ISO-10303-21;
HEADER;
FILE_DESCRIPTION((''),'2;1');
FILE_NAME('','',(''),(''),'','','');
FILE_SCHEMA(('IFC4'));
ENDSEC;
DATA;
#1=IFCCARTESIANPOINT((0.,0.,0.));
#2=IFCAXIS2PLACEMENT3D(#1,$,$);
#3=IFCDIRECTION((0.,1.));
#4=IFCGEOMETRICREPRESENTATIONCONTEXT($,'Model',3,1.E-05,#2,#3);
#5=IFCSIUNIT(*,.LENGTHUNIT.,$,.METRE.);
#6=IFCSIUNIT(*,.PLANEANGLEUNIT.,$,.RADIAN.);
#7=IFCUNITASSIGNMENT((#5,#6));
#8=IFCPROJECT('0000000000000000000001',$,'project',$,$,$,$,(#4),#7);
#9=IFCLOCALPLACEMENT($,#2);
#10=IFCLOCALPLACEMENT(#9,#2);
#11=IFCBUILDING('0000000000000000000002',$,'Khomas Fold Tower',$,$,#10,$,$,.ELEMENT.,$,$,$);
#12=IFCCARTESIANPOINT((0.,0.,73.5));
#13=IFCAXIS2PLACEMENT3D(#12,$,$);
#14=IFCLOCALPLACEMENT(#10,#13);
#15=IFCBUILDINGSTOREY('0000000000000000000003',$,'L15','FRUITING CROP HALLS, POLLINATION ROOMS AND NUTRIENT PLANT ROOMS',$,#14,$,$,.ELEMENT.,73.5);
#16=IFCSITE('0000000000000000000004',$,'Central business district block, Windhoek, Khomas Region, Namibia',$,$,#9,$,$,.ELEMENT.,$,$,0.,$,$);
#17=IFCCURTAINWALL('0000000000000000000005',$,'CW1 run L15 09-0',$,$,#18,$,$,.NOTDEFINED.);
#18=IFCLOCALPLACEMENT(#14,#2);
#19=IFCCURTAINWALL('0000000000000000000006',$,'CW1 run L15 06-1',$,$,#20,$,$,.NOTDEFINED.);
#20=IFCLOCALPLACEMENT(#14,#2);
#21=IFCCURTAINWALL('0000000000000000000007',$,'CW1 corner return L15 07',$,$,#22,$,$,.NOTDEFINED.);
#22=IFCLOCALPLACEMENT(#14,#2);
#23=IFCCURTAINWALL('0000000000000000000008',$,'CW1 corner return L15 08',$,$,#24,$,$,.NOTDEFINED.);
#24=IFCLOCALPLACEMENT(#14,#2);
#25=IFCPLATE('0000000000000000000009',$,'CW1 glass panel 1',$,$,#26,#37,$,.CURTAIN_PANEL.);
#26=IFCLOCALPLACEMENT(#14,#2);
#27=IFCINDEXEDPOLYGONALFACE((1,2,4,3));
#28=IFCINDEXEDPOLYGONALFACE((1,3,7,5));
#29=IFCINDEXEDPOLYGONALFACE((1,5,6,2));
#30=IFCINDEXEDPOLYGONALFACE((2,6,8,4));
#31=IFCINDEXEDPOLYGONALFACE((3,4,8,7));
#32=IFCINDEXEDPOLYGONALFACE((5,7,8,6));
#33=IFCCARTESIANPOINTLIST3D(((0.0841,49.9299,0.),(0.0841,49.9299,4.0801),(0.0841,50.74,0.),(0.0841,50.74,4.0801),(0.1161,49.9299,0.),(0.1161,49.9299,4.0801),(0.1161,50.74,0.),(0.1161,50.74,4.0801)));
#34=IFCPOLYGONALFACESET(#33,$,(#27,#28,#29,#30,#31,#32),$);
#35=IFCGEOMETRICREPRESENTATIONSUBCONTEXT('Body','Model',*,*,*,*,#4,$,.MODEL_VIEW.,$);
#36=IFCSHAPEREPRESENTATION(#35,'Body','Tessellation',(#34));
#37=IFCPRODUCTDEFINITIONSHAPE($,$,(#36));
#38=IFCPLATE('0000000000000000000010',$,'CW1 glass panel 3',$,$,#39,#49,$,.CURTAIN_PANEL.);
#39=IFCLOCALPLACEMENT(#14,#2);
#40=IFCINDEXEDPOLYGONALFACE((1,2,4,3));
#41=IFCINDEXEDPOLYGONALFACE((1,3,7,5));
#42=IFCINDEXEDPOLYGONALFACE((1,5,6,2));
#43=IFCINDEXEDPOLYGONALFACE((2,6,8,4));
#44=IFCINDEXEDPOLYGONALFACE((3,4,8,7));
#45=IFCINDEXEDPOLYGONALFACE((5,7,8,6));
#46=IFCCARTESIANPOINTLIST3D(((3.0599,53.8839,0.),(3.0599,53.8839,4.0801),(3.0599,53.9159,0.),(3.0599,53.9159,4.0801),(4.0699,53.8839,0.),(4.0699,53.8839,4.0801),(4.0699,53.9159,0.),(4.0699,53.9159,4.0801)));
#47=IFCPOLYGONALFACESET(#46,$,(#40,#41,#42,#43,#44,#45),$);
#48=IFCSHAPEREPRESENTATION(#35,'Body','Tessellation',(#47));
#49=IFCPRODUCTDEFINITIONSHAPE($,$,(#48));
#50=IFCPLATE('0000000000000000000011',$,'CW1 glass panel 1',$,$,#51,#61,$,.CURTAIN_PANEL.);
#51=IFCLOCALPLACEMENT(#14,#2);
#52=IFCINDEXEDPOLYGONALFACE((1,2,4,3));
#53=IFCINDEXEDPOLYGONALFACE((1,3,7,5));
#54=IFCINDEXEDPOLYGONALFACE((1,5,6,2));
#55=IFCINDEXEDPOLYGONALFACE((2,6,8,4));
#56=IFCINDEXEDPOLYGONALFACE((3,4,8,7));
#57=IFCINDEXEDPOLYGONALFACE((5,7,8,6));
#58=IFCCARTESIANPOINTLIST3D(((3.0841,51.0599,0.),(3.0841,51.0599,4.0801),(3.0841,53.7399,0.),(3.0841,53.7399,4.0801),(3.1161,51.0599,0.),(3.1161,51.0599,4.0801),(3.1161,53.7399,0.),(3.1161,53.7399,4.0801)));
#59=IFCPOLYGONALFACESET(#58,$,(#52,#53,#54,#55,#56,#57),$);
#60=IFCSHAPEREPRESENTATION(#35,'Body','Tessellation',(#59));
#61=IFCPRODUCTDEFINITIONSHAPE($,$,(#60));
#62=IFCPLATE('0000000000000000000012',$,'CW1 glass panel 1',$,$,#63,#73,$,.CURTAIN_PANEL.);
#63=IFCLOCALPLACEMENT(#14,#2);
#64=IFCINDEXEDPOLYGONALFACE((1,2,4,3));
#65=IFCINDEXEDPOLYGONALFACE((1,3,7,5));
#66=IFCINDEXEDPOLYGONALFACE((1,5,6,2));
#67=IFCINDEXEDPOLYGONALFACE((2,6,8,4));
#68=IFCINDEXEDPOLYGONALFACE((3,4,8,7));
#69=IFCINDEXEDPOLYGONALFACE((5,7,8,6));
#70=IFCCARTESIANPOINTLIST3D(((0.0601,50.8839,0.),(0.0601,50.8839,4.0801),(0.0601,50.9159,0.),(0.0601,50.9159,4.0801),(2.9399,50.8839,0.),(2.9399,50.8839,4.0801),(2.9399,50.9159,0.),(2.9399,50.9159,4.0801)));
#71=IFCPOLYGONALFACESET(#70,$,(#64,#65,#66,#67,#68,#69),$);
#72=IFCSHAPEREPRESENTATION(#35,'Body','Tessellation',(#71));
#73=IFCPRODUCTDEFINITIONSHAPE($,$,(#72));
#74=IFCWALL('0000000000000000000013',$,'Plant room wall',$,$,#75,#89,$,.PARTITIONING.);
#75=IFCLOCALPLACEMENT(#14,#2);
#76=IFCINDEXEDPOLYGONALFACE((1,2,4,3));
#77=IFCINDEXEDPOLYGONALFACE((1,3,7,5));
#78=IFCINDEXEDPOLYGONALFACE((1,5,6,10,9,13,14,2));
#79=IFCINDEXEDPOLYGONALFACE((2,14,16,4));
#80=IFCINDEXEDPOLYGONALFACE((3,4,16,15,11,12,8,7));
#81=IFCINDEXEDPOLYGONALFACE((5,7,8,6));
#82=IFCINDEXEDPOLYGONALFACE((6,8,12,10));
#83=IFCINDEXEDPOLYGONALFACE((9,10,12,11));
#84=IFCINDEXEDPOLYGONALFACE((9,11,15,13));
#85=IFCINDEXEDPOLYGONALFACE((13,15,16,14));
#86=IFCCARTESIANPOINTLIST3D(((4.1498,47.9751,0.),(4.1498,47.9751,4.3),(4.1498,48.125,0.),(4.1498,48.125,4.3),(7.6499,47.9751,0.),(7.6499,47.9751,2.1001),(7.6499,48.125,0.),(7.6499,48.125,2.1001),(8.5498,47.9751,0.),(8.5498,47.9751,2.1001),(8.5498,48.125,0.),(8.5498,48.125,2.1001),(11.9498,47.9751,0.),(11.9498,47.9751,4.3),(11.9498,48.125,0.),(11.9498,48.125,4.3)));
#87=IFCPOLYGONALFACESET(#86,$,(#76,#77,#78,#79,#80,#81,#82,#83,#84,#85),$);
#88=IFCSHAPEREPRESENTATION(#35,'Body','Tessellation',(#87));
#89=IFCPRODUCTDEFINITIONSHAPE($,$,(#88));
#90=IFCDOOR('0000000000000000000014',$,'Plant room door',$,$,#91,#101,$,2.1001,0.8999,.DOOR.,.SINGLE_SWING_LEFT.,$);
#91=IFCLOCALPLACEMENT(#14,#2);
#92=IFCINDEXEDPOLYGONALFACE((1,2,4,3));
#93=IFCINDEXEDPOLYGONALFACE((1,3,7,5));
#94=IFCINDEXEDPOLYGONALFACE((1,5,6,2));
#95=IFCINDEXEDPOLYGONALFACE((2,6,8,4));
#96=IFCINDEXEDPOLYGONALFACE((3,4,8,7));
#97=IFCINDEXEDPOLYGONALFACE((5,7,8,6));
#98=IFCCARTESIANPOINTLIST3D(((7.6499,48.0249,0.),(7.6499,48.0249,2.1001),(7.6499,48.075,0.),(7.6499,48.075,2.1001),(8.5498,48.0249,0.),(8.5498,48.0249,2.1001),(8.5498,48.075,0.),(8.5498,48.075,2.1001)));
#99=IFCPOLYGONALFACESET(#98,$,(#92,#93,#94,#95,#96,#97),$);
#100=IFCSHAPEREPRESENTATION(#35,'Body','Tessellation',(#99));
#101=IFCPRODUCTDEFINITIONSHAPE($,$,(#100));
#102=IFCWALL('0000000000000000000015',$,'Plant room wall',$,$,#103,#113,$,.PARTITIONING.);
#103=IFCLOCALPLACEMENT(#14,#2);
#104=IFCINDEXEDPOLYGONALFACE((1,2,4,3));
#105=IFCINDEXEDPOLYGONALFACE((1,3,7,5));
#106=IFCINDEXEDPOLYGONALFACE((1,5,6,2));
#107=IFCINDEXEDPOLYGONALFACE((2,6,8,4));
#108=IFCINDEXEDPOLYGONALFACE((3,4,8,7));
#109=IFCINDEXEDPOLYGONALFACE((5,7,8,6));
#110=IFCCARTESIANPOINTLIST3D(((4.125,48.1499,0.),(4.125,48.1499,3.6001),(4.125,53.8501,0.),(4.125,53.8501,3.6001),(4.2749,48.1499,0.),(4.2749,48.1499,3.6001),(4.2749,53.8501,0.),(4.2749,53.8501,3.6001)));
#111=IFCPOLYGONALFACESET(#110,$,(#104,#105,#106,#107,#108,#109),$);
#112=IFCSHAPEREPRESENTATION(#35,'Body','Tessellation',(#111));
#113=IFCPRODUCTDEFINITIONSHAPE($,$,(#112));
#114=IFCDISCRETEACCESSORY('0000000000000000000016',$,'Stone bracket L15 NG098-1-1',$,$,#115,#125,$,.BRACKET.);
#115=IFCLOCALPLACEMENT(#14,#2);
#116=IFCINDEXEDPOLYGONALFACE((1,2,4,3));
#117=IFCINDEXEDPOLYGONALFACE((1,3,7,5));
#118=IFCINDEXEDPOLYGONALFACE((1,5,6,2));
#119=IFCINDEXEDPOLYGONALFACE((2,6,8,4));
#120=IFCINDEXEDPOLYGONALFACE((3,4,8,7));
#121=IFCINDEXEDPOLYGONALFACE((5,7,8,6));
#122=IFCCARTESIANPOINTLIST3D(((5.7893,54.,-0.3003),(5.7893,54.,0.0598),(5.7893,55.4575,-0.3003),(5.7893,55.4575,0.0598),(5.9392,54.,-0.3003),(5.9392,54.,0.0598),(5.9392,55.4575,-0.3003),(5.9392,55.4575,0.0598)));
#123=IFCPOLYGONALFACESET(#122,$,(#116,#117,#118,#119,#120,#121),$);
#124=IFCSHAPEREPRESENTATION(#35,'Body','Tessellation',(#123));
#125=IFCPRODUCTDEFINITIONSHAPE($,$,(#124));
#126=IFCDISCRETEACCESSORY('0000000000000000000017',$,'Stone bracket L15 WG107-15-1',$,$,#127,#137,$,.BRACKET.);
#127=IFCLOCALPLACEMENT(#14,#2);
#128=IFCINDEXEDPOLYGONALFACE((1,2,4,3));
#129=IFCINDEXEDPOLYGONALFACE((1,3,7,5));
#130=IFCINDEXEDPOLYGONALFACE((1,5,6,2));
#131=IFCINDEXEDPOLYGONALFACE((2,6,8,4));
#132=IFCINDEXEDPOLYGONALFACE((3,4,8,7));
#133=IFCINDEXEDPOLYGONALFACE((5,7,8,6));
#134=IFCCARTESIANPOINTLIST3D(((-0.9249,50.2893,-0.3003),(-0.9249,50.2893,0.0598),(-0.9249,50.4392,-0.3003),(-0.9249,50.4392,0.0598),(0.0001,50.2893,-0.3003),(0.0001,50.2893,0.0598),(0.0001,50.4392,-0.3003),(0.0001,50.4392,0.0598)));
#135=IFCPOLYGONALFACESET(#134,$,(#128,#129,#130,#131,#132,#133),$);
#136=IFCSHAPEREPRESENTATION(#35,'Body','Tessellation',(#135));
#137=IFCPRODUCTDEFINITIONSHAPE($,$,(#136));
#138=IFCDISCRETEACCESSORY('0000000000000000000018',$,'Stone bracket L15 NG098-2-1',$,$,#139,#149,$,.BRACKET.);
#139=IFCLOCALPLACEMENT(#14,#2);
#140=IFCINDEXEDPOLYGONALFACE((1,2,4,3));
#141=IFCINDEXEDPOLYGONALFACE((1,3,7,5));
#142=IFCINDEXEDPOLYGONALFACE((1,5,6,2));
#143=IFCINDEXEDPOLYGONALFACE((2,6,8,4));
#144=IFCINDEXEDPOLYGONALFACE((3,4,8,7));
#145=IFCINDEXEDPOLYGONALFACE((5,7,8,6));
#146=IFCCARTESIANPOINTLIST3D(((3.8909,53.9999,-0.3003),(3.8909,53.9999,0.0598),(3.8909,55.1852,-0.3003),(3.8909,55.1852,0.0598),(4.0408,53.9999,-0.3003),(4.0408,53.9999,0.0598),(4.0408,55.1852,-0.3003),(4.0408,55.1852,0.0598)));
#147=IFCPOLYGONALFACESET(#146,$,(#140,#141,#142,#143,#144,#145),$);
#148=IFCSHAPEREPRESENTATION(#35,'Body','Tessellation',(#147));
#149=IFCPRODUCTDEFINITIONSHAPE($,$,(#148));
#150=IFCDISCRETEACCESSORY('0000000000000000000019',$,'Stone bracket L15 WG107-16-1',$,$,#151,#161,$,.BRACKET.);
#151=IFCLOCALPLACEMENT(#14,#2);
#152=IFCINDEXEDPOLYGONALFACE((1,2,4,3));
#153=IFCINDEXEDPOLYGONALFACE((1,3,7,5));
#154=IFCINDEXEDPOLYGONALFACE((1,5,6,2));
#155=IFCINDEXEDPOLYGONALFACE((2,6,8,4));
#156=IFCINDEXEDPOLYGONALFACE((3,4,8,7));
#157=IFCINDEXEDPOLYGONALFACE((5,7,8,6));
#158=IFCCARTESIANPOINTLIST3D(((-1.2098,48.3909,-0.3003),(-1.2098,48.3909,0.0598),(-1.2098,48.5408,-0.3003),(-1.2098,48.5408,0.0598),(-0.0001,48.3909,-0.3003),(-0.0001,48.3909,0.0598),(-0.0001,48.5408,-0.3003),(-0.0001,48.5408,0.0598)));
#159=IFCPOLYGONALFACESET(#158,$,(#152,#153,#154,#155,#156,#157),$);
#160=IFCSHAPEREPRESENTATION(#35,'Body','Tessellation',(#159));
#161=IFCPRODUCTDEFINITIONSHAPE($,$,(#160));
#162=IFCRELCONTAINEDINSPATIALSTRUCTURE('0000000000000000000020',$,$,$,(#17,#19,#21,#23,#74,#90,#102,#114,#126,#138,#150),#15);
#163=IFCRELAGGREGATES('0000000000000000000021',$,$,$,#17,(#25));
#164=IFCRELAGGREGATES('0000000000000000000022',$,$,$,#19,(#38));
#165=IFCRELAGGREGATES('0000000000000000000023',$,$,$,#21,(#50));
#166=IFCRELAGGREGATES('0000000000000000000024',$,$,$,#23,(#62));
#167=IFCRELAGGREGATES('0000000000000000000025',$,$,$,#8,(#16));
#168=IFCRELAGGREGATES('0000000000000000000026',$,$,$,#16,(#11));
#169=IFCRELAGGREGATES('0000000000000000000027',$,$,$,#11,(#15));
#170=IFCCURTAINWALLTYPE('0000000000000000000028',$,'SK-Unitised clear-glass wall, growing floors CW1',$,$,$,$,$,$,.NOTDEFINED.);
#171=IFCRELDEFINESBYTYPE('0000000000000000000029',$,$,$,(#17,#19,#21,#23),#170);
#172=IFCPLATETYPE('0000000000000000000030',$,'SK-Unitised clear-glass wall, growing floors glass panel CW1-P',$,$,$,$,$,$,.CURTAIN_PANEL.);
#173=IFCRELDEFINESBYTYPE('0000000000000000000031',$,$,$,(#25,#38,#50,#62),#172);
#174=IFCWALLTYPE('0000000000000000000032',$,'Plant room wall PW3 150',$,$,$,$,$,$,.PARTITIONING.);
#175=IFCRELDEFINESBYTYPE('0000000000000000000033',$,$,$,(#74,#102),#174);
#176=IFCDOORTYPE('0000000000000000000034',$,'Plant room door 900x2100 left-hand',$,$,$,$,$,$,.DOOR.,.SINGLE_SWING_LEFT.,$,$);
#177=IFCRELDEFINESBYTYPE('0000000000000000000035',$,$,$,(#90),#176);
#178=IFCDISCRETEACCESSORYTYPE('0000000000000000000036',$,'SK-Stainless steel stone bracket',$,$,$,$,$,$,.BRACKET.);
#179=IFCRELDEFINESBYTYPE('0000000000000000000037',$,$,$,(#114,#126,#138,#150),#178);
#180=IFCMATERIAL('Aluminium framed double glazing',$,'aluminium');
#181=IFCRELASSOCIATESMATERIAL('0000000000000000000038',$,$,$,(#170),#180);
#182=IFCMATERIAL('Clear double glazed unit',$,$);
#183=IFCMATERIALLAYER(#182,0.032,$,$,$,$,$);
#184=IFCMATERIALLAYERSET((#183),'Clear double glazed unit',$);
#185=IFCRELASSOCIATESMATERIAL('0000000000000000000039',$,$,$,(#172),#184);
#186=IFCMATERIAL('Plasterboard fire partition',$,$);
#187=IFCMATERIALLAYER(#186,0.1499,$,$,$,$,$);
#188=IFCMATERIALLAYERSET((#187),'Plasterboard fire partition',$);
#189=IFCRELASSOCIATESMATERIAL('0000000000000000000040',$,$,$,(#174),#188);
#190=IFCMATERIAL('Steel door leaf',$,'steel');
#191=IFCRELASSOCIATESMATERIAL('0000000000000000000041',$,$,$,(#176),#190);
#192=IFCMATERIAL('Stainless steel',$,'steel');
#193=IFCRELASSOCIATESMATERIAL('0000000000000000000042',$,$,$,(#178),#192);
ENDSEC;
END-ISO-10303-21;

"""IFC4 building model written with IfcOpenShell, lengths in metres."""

from ifc_helpers import new_model, si_unit, direction, frame, frame_2d, origin, origin_2d, place, context, subcontext, project, spatial, rectangle, extrude, source, transform, mapped, material, layer, layer_set, type_object, element, fill, aggregate, save


model = new_model("IFC4")

# Units and contexts
model_context = context("Model", 3, precision=1e-05, world=origin(), true_north=direction((0.0, 1.0)))
body_context = subcontext(model_context, "Body", "Model", "MODEL_VIEW")
ifc_project = project(units=[si_unit("LENGTHUNIT", "METRE"), si_unit("PLANEANGLEUNIT", "RADIAN")], contexts=[model_context])

# Site, building, storey
site_placement = place(None, origin())
site = spatial("IfcSite", under=ifc_project, at=site_placement, Name="Central business district block, Windhoek, Khomas Region, Namibia", CompositionType="ELEMENT", RefElevation=0.0)
building_placement = place(site_placement, origin())
building = spatial("IfcBuilding", under=site, at=building_placement, Name="Khomas Fold Tower", CompositionType="ELEMENT")
storey_placement = place(building_placement, frame((0.0, 0.0, 73.5)))
storey = spatial("IfcBuildingStorey", under=building, at=storey_placement, Name="L15", Description="FRUITING CROP HALLS, POLLINATION ROOMS AND NUTRIENT PLANT ROOMS", CompositionType="ELEMENT", Elevation=73.5)

# Curtain wall
ifc_material_1 = material(Name="Aluminium framed double glazing", Category="aluminium")
curtain_wall_type = type_object("IfcCurtainWallType", Name="SK-Unitised clear-glass wall, growing floors CW1", PredefinedType="NOTDEFINED", material=ifc_material_1)
curtain_wall_1_placement = place(storey_placement, origin())
curtain_wall_1 = element("IfcCurtainWall", 1, at=curtain_wall_1_placement, inside=storey, type_object=curtain_wall_type, Name="CW1 run L15 09-0", PredefinedType="NOTDEFINED")

# Curtain walls
curtain_wall_2_placement = place(storey_placement, origin())
curtain_wall_2 = element("IfcCurtainWall", 2, at=curtain_wall_2_placement, inside=storey, type_object=curtain_wall_type, Name="CW1 run L15 06-1", PredefinedType="NOTDEFINED")
curtain_wall_3_placement = place(storey_placement, origin())
curtain_wall_3 = element("IfcCurtainWall", 3, at=curtain_wall_3_placement, inside=storey, type_object=curtain_wall_type, Name="CW1 corner return L15 07", PredefinedType="NOTDEFINED")
curtain_wall_4_placement = place(storey_placement, origin())
curtain_wall_4 = element("IfcCurtainWall", 4, at=curtain_wall_4_placement, inside=storey, type_object=curtain_wall_type, Name="CW1 corner return L15 08", PredefinedType="NOTDEFINED")

# Plates
ifc_material_2 = material(Name="Clear double glazed unit")
ifc_layer_1 = layer(ifc_material_2, 0.032)
ifc_layer_set_1 = layer_set([ifc_layer_1], Name="Clear double glazed unit")
plate_type_1 = type_object("IfcPlateType", Name="SK-Unitised clear-glass wall, growing floors glass panel CW1-P", PredefinedType="CURTAIN_PANEL", material=ifc_layer_set_1)
shared_shape_1 = source(origin(), body_context, "Body", "SweptSolid", [
    extrude(rectangle(XDim=0.8101, YDim=0.032, at=origin_2d()), origin(), (0.0, 0.0, 1.0), 4.0801),
])
plate_1_placement = place(storey_placement, frame((0.1001, 50.335, 0.0), z_axis=(0.0, 0.0, 1.0), x_axis=(0.0, -1.0, 0.0)))
plate_1 = element("IfcPlate", 5, at=plate_1_placement, type_object=plate_type_1, Name="CW1 glass panel 1", PredefinedType="CURTAIN_PANEL", context=body_context, shape_type="MappedRepresentation", body=[
    mapped(shared_shape_1, transform((0.0, 0.0, 0.0))),
])
aggregate(curtain_wall_1, [plate_1])
shared_shape_2 = source(origin(), body_context, "Body", "SweptSolid", [
    extrude(rectangle(XDim=1.01, YDim=0.032, at=origin_2d()), origin(), (0.0, 0.0, 1.0), 4.0801),
])
plate_2_placement = place(storey_placement, frame((3.5649, 53.8999, 0.0), z_axis=(0.0, 0.0, 1.0), x_axis=(-1.0, 0.0, 0.0)))
plate_2 = element("IfcPlate", 6, at=plate_2_placement, type_object=plate_type_1, Name="CW1 glass panel 3", PredefinedType="CURTAIN_PANEL", context=body_context, shape_type="MappedRepresentation", body=[
    mapped(shared_shape_2, transform((0.0, 0.0, 0.0))),
])
aggregate(curtain_wall_2, [plate_2])
shared_shape_3 = source(origin(), body_context, "Body", "SweptSolid", [
    extrude(rectangle(XDim=2.6799, YDim=0.032, at=origin_2d()), origin(), (0.0, 0.0, 1.0), 4.0801),
])
plate_3_placement = place(storey_placement, frame((3.1001, 52.3999, 0.0), z_axis=(0.0, 0.0, 1.0), x_axis=(0.0, -1.0, 0.0)))
plate_3 = element("IfcPlate", 7, at=plate_3_placement, type_object=plate_type_1, Name="CW1 glass panel 1", PredefinedType="CURTAIN_PANEL", context=body_context, shape_type="MappedRepresentation", body=[
    mapped(shared_shape_3, transform((0.0, 0.0, 0.0))),
])
aggregate(curtain_wall_3, [plate_3])
shared_shape_4 = source(origin(), body_context, "Body", "SweptSolid", [
    extrude(rectangle(XDim=2.8799, YDim=0.032, at=origin_2d()), origin(), (0.0, 0.0, 1.0), 4.0801),
])
plate_4_placement = place(storey_placement, frame((1.5, 50.8999, 0.0), z_axis=(0.0, 0.0, 1.0), x_axis=(-1.0, 0.0, 0.0)))
plate_4 = element("IfcPlate", 8, at=plate_4_placement, type_object=plate_type_1, Name="CW1 glass panel 1", PredefinedType="CURTAIN_PANEL", context=body_context, shape_type="MappedRepresentation", body=[
    mapped(shared_shape_4, transform((0.0, 0.0, 0.0))),
])
aggregate(curtain_wall_4, [plate_4])

# Wall, opening, door
ifc_material_3 = material(Name="Plasterboard fire partition")
ifc_layer_2 = layer(ifc_material_3, 0.1499)
ifc_layer_set_2 = layer_set([ifc_layer_2], Name="Plasterboard fire partition")
wall_type = type_object("IfcWallType", Name="Plant room wall PW3 150", PredefinedType="PARTITIONING", material=ifc_layer_set_2)
shared_shape_5 = source(origin(), body_context, "Body", "SweptSolid", [
    extrude(rectangle(XDim=7.8, YDim=0.1499, at=frame_2d((3.8999, 0.0))), origin(), (0.0, 0.0, 1.0), 4.3),
])
wall_1_placement = place(storey_placement, frame((4.1499, 48.05, 0.0), z_axis=(0.0, 0.0, 1.0), x_axis=(1.0, 0.0, 0.0)))
wall_1 = element("IfcWall", 9, at=wall_1_placement, inside=storey, type_object=wall_type, Name="Plant room wall", PredefinedType="PARTITIONING", context=body_context, shape_type="MappedRepresentation", body=[
    mapped(shared_shape_5, transform((0.0, 0.0, 0.0))),
])
shared_shape_6 = source(origin(), body_context, "Body", "SweptSolid", [
    extrude(rectangle(XDim=0.8999, YDim=2.1001, at=frame_2d((0.45, 1.05))), frame((0.0, 0.085, 0.0), z_axis=(0.0, -1.0, 0.0), x_axis=(1.0, 0.0, 0.0)), (0.0, 0.0, 1.0), 0.1699),
])
opening_placement = place(wall_1_placement, frame((3.5, 0.0, 0.0)))
opening = element("IfcOpeningElement", 10, at=opening_placement, cuts=wall_1, PredefinedType="OPENING", context=body_context, shape_type="MappedRepresentation", body=[
    mapped(shared_shape_6, transform((0.0, 0.0, 0.0))),
])
ifc_material_4 = material(Name="Steel door leaf", Category="steel")
door_type = type_object("IfcDoorType", Name="Plant room door 900x2100 left-hand", OperationType="SINGLE_SWING_LEFT", PredefinedType="DOOR", material=ifc_material_4)
shared_shape_7 = source(origin(), body_context, "Body", "SweptSolid", [
    extrude(rectangle(XDim=0.8999, YDim=2.1001, at=frame_2d((0.45, 1.05))), frame((0.0, 0.0249, 0.0), z_axis=(0.0, -1.0, 0.0), x_axis=(1.0, 0.0, 0.0)), (0.0, 0.0, 1.0), 0.05),
])
door_placement = place(opening_placement, origin())
door = element("IfcDoor", 11, at=door_placement, inside=storey, type_object=door_type, Name="Plant room door", OperationType="SINGLE_SWING_LEFT", OverallHeight=2.1001, OverallWidth=0.8999, PredefinedType="DOOR", context=body_context, shape_type="MappedRepresentation", body=[
    mapped(shared_shape_7, transform((0.0, 0.0, 0.0))),
])
fill(opening, door)

# Wall
shared_shape_8 = source(origin(), body_context, "Body", "SweptSolid", [
    extrude(rectangle(XDim=5.7002, YDim=0.1499, at=frame_2d((2.8501, 0.0))), origin(), (0.0, 0.0, 1.0), 3.6001),
])
wall_2_placement = place(storey_placement, frame((4.2, 48.1499, 0.0), z_axis=(0.0, 0.0, 1.0), x_axis=(0.0, 1.0, 0.0)))
element("IfcWall", 12, at=wall_2_placement, inside=storey, type_object=wall_type, Name="Plant room wall", PredefinedType="PARTITIONING", context=body_context, shape_type="MappedRepresentation", body=[
    mapped(shared_shape_8, transform((0.0, 0.0, 0.0))),
])

# Discrete accessories
ifc_material_5 = material(Name="Stainless steel", Category="steel")
discrete_accessory_type = type_object("IfcDiscreteAccessoryType", Name="SK-Stainless steel stone bracket", PredefinedType="BRACKET", material=ifc_material_5)
shared_shape_9 = source(origin(), body_context, "Body", "SweptSolid", [
    extrude(rectangle(XDim=1.4575, YDim=0.1499, at=origin_2d()), origin(), (0.0, 0.0, 1.0), 0.3601),
])
discrete_accessory_1_placement = place(storey_placement, frame((5.8643, 54.7288, -0.3003), z_axis=(0.0, 0.0, 1.0), x_axis=(0.0, 1.0, 0.0)))
element("IfcDiscreteAccessory", 13, at=discrete_accessory_1_placement, inside=storey, type_object=discrete_accessory_type, Name="Stone bracket L15 NG098-1-1", PredefinedType="BRACKET", context=body_context, shape_type="MappedRepresentation", body=[
    mapped(shared_shape_9, transform((0.0, 0.0, 0.0))),
])
shared_shape_10 = source(origin(), body_context, "Body", "SweptSolid", [
    extrude(rectangle(XDim=0.925, YDim=0.1499, at=origin_2d()), origin(), (0.0, 0.0, 1.0), 0.3601),
])
discrete_accessory_2_placement = place(storey_placement, frame((-0.4624, 50.3643, -0.3003), z_axis=(0.0, 0.0, 1.0), x_axis=(-1.0, 0.0, 0.0)))
element("IfcDiscreteAccessory", 14, at=discrete_accessory_2_placement, inside=storey, type_object=discrete_accessory_type, Name="Stone bracket L15 WG107-15-1", PredefinedType="BRACKET", context=body_context, shape_type="MappedRepresentation", body=[
    mapped(shared_shape_10, transform((0.0, 0.0, 0.0))),
])
shared_shape_11 = source(origin(), body_context, "Body", "SweptSolid", [
    extrude(rectangle(XDim=1.1853, YDim=0.1499, at=origin_2d()), origin(), (0.0, 0.0, 1.0), 0.3601),
])
discrete_accessory_3_placement = place(storey_placement, frame((3.9658, 54.5925, -0.3003), z_axis=(0.0, 0.0, 1.0), x_axis=(0.0, 1.0, 0.0)))
element("IfcDiscreteAccessory", 15, at=discrete_accessory_3_placement, inside=storey, type_object=discrete_accessory_type, Name="Stone bracket L15 NG098-2-1", PredefinedType="BRACKET", context=body_context, shape_type="MappedRepresentation", body=[
    mapped(shared_shape_11, transform((0.0, 0.0, 0.0))),
])
shared_shape_12 = source(origin(), body_context, "Body", "SweptSolid", [
    extrude(rectangle(XDim=1.2097, YDim=0.1499, at=origin_2d()), origin(), (0.0, 0.0, 1.0), 0.3601),
])
discrete_accessory_4_placement = place(storey_placement, frame((-0.605, 48.4658, -0.3003), z_axis=(0.0, 0.0, 1.0), x_axis=(-1.0, 0.0, 0.0)))
element("IfcDiscreteAccessory", 16, at=discrete_accessory_4_placement, inside=storey, type_object=discrete_accessory_type, Name="Stone bracket L15 WG107-16-1", PredefinedType="BRACKET", context=body_context, shape_type="MappedRepresentation", body=[
    mapped(shared_shape_12, transform((0.0, 0.0, 0.0))),
])

save(model, "model.ifc")
